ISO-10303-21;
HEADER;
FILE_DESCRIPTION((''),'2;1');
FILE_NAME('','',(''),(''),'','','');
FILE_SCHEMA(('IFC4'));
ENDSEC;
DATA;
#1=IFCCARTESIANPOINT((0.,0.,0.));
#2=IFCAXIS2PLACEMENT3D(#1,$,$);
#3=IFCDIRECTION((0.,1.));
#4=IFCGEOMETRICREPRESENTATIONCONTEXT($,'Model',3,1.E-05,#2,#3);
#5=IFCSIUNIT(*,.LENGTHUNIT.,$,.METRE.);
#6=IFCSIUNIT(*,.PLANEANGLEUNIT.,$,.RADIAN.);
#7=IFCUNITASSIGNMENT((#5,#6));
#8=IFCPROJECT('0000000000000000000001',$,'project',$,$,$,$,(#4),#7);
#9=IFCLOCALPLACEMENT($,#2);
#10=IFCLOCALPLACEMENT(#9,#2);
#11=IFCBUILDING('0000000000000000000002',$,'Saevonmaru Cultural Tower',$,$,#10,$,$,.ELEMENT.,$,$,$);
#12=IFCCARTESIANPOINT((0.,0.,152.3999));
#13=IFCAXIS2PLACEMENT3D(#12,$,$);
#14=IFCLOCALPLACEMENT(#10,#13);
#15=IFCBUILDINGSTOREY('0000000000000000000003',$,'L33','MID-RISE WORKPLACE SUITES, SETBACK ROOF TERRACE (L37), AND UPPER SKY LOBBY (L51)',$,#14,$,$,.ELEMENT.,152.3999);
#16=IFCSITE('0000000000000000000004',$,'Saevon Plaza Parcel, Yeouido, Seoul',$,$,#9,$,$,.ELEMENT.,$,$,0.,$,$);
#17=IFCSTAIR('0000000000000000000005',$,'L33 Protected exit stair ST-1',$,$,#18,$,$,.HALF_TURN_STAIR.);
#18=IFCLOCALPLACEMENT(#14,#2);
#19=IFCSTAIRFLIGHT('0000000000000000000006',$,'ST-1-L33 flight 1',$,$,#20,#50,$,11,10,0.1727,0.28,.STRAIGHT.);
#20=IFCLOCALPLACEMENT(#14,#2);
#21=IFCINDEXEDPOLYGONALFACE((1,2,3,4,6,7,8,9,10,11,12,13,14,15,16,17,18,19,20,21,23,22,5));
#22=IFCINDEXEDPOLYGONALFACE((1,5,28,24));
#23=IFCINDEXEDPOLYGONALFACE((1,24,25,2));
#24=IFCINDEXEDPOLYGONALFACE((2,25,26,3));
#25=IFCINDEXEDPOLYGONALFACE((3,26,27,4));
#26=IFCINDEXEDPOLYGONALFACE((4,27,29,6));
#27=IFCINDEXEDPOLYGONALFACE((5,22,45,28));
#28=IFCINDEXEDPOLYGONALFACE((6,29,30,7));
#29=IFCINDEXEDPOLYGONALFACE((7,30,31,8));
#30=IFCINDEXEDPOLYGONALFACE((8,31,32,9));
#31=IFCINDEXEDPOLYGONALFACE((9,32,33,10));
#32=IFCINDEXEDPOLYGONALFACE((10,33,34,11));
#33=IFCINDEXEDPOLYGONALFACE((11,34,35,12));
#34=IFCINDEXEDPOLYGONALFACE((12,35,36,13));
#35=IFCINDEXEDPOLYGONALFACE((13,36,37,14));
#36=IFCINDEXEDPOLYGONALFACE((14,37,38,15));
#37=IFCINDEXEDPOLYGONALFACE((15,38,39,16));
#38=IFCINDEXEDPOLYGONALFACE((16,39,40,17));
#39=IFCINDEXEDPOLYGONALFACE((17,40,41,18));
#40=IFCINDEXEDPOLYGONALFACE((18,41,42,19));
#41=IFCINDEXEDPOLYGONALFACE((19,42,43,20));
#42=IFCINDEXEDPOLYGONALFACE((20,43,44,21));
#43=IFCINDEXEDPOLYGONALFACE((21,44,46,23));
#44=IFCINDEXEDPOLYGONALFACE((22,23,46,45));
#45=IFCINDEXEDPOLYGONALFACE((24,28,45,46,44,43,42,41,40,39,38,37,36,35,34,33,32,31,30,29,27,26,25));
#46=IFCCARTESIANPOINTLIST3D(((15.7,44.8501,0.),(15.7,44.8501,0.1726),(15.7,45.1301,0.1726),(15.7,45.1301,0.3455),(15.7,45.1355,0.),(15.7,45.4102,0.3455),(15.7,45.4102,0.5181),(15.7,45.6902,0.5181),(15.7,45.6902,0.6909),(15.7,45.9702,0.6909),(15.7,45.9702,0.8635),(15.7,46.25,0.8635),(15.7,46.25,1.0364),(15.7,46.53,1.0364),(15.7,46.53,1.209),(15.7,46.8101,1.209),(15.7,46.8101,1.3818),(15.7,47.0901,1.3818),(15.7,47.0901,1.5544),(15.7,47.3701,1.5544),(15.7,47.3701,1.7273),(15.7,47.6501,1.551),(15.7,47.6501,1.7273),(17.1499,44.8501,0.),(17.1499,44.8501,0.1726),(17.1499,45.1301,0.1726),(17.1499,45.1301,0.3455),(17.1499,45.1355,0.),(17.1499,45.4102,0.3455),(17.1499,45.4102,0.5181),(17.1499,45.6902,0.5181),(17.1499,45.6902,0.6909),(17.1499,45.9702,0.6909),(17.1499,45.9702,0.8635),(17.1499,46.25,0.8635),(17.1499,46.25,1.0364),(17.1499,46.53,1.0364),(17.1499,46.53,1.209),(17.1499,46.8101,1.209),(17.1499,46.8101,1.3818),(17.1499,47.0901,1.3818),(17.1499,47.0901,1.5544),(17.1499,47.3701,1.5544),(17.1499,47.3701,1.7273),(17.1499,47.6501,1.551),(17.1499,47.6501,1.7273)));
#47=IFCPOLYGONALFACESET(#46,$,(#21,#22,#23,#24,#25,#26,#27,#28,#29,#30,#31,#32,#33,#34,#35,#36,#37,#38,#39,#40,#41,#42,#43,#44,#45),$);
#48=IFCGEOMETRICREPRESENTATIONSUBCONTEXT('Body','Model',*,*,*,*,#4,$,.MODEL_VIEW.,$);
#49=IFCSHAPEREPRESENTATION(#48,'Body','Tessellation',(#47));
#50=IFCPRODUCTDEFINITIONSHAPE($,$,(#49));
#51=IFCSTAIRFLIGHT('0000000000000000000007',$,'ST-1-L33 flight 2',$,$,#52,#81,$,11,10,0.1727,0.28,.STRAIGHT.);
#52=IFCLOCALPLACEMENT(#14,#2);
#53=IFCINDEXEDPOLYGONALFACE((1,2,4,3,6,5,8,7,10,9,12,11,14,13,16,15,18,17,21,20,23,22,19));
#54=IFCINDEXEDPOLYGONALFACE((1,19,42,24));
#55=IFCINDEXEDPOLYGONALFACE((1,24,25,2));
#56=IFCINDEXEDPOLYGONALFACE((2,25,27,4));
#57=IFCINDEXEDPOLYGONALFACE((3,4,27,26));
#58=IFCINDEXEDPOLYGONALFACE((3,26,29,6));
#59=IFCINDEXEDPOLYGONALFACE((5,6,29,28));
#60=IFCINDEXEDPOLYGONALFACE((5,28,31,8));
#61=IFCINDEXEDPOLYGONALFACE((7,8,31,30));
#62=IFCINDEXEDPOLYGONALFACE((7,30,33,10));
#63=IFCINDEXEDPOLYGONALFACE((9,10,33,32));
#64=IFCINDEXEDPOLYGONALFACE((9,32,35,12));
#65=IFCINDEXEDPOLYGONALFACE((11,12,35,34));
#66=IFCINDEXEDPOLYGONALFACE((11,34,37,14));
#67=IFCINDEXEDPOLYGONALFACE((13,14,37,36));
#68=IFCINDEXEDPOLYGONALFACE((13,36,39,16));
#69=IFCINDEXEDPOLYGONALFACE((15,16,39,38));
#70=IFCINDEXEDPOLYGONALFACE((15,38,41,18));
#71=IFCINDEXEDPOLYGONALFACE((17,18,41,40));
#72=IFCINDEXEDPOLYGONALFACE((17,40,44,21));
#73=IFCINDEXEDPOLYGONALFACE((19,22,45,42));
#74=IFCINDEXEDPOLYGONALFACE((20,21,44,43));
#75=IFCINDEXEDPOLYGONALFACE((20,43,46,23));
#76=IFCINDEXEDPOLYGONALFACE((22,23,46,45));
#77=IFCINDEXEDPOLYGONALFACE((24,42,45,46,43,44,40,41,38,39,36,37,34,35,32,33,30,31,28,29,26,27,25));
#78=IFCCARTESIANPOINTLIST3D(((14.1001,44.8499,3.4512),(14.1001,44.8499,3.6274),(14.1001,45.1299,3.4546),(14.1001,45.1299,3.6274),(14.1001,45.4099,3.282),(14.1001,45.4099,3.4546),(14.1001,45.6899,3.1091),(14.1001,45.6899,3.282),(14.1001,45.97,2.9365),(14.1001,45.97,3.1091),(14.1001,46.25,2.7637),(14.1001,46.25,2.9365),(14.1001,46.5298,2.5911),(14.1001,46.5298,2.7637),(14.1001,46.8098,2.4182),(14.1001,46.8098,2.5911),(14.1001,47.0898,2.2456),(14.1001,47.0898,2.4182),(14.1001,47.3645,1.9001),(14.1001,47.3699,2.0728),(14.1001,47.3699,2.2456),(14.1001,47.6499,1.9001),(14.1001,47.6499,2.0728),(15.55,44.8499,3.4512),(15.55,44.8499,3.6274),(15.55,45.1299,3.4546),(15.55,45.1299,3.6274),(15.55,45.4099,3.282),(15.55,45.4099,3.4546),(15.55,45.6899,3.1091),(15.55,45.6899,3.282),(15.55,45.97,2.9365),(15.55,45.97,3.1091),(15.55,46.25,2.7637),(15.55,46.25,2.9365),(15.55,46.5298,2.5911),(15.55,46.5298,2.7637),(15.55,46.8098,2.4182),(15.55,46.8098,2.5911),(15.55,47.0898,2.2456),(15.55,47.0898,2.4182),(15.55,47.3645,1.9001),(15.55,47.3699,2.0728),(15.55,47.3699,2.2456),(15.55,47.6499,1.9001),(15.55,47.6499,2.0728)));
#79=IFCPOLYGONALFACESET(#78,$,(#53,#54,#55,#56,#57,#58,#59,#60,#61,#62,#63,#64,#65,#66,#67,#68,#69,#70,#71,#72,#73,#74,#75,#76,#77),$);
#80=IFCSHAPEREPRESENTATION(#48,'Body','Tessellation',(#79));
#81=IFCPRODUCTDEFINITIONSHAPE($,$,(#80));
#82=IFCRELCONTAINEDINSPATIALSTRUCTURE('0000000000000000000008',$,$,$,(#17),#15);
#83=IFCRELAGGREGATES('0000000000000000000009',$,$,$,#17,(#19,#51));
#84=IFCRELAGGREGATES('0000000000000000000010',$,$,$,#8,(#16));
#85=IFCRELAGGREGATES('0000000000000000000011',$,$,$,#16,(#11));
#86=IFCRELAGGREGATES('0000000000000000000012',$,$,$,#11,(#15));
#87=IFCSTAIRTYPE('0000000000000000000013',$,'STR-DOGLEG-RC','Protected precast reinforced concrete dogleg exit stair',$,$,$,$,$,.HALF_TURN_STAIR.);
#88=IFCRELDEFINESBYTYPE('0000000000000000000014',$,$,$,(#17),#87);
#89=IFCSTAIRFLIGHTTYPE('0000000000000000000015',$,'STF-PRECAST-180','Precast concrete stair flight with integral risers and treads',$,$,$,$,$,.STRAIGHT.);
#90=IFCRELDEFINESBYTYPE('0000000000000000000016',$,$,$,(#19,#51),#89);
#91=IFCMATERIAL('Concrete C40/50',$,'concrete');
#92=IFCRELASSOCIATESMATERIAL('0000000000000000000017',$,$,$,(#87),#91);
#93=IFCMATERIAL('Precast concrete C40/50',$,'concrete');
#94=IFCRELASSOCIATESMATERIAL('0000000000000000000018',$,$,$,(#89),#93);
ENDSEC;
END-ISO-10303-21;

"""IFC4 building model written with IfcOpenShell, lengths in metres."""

from ifc_helpers import new_model, si_unit, direction, frame, origin, place, context, subcontext, project, spatial, polyline, outline, extrude, material, type_object, element, aggregate, save


model = new_model("IFC4")

# Units and contexts
model_context = context("Model", 3, precision=1e-05, world=origin(), true_north=direction((0.0, 1.0)))
body_context = subcontext(model_context, "Body", "Model", "MODEL_VIEW")
ifc_project = project(units=[si_unit("LENGTHUNIT", "METRE"), si_unit("PLANEANGLEUNIT", "RADIAN")], contexts=[model_context])

# Site, building, storey
site_placement = place(None, origin())
site = spatial("IfcSite", under=ifc_project, at=site_placement, Name="Saevon Plaza Parcel, Yeouido, Seoul", CompositionType="ELEMENT", RefElevation=0.0)
building_placement = place(site_placement, origin())
building = spatial("IfcBuilding", under=site, at=building_placement, Name="Saevonmaru Cultural Tower", CompositionType="ELEMENT")
storey_placement = place(building_placement, frame((0.0, 0.0, 152.3999)))
storey = spatial("IfcBuildingStorey", under=building, at=storey_placement, Name="L33", Description="MID-RISE WORKPLACE SUITES, SETBACK ROOF TERRACE (L37), AND UPPER SKY LOBBY (L51)", CompositionType="ELEMENT", Elevation=152.3999)

# Shared definitions
ifc_material_1 = material(Name="Concrete C40/50", Category="concrete")

# Stair, stair flights
stair_type = type_object("IfcStairType", Name="STR-DOGLEG-RC", Description="Protected precast reinforced concrete dogleg exit stair", PredefinedType="HALF_TURN_STAIR", material=ifc_material_1)
stair_placement = place(storey_placement, origin())
stair = element("IfcStair", 1, at=stair_placement, inside=storey, type_object=stair_type, Name="L33 Protected exit stair ST-1", PredefinedType="HALF_TURN_STAIR")
ifc_material_2 = material(Name="Precast concrete C40/50", Category="concrete")
stair_flight_type = type_object("IfcStairFlightType", Name="STF-PRECAST-180", Description="Precast concrete stair flight with integral risers and treads", PredefinedType="STRAIGHT", material=ifc_material_2)
stair_flight_1_placement = place(storey_placement, frame((16.425, 44.8501, 0.0), z_axis=(0.0, 0.0, 1.0), x_axis=(0.0, 1.0, 0.0)))
stair_flight_1 = element("IfcStairFlight", 2, at=stair_flight_1_placement, type_object=stair_flight_type, Name="ST-1-L33 flight 1", NumberOfRisers=11, NumberOfTreads=10, PredefinedType="STRAIGHT", RiserHeight=0.1727, TreadLength=0.28, context=body_context, shape_type="SweptSolid", body=[
    extrude(outline(polyline([(0.0, 0.0), (0.0, 0.1726), (0.28, 0.1726), (0.28, 0.3455), (0.5601, 0.3455), (0.5601, 0.5181), (0.8401, 0.5181), (0.8401, 0.6909), (1.1201, 0.6909), (1.1201, 0.8635), (1.3999, 0.8635), (1.3999, 1.0364), (1.6799, 1.0364), (1.6799, 1.209), (1.96, 1.209), (1.96, 1.3818), (2.24, 1.3818), (2.24, 1.5544), (2.52, 1.5544), (2.52, 1.7273), (2.8, 1.7273), (2.8, 1.8999), (2.8, 1.551), (0.2854, 0.0), (0.0, 0.0)])), frame((0.0, 0.7251, 0.0), z_axis=(0.0, -1.0, 0.0), x_axis=(1.0, 0.0, 0.0)), (0.0, 0.0, 1.0), 1.45),
])
stair_flight_2_placement = place(storey_placement, frame((14.825, 47.6499, 1.9001), z_axis=(0.0, 0.0, 1.0), x_axis=(0.0, -1.0, 0.0)))
stair_flight_2 = element("IfcStairFlight", 3, at=stair_flight_2_placement, type_object=stair_flight_type, Name="ST-1-L33 flight 2", NumberOfRisers=11, NumberOfTreads=10, PredefinedType="STRAIGHT", RiserHeight=0.1727, TreadLength=0.28, context=body_context, shape_type="SweptSolid", body=[
    extrude(outline(polyline([(0.0, 0.0), (0.0, 0.1726), (0.28, 0.1726), (0.28, 0.3455), (0.5601, 0.3455), (0.5601, 0.5181), (0.8401, 0.5181), (0.8401, 0.6909), (1.1201, 0.6909), (1.1201, 0.8635), (1.3999, 0.8635), (1.3999, 1.0364), (1.6799, 1.0364), (1.6799, 1.209), (1.96, 1.209), (1.96, 1.3818), (2.24, 1.3818), (2.24, 1.5544), (2.52, 1.5544), (2.52, 1.7273), (2.8, 1.7273), (2.8, 1.8999), (2.8, 1.551), (0.2854, 0.0), (0.0, 0.0)])), frame((0.0, 0.7251, 0.0), z_axis=(0.0, -1.0, 0.0), x_axis=(1.0, 0.0, 0.0)), (0.0, 0.0, 1.0), 1.45),
])
aggregate(stair, [stair_flight_1, stair_flight_2])

save(model, "model.ifc")
